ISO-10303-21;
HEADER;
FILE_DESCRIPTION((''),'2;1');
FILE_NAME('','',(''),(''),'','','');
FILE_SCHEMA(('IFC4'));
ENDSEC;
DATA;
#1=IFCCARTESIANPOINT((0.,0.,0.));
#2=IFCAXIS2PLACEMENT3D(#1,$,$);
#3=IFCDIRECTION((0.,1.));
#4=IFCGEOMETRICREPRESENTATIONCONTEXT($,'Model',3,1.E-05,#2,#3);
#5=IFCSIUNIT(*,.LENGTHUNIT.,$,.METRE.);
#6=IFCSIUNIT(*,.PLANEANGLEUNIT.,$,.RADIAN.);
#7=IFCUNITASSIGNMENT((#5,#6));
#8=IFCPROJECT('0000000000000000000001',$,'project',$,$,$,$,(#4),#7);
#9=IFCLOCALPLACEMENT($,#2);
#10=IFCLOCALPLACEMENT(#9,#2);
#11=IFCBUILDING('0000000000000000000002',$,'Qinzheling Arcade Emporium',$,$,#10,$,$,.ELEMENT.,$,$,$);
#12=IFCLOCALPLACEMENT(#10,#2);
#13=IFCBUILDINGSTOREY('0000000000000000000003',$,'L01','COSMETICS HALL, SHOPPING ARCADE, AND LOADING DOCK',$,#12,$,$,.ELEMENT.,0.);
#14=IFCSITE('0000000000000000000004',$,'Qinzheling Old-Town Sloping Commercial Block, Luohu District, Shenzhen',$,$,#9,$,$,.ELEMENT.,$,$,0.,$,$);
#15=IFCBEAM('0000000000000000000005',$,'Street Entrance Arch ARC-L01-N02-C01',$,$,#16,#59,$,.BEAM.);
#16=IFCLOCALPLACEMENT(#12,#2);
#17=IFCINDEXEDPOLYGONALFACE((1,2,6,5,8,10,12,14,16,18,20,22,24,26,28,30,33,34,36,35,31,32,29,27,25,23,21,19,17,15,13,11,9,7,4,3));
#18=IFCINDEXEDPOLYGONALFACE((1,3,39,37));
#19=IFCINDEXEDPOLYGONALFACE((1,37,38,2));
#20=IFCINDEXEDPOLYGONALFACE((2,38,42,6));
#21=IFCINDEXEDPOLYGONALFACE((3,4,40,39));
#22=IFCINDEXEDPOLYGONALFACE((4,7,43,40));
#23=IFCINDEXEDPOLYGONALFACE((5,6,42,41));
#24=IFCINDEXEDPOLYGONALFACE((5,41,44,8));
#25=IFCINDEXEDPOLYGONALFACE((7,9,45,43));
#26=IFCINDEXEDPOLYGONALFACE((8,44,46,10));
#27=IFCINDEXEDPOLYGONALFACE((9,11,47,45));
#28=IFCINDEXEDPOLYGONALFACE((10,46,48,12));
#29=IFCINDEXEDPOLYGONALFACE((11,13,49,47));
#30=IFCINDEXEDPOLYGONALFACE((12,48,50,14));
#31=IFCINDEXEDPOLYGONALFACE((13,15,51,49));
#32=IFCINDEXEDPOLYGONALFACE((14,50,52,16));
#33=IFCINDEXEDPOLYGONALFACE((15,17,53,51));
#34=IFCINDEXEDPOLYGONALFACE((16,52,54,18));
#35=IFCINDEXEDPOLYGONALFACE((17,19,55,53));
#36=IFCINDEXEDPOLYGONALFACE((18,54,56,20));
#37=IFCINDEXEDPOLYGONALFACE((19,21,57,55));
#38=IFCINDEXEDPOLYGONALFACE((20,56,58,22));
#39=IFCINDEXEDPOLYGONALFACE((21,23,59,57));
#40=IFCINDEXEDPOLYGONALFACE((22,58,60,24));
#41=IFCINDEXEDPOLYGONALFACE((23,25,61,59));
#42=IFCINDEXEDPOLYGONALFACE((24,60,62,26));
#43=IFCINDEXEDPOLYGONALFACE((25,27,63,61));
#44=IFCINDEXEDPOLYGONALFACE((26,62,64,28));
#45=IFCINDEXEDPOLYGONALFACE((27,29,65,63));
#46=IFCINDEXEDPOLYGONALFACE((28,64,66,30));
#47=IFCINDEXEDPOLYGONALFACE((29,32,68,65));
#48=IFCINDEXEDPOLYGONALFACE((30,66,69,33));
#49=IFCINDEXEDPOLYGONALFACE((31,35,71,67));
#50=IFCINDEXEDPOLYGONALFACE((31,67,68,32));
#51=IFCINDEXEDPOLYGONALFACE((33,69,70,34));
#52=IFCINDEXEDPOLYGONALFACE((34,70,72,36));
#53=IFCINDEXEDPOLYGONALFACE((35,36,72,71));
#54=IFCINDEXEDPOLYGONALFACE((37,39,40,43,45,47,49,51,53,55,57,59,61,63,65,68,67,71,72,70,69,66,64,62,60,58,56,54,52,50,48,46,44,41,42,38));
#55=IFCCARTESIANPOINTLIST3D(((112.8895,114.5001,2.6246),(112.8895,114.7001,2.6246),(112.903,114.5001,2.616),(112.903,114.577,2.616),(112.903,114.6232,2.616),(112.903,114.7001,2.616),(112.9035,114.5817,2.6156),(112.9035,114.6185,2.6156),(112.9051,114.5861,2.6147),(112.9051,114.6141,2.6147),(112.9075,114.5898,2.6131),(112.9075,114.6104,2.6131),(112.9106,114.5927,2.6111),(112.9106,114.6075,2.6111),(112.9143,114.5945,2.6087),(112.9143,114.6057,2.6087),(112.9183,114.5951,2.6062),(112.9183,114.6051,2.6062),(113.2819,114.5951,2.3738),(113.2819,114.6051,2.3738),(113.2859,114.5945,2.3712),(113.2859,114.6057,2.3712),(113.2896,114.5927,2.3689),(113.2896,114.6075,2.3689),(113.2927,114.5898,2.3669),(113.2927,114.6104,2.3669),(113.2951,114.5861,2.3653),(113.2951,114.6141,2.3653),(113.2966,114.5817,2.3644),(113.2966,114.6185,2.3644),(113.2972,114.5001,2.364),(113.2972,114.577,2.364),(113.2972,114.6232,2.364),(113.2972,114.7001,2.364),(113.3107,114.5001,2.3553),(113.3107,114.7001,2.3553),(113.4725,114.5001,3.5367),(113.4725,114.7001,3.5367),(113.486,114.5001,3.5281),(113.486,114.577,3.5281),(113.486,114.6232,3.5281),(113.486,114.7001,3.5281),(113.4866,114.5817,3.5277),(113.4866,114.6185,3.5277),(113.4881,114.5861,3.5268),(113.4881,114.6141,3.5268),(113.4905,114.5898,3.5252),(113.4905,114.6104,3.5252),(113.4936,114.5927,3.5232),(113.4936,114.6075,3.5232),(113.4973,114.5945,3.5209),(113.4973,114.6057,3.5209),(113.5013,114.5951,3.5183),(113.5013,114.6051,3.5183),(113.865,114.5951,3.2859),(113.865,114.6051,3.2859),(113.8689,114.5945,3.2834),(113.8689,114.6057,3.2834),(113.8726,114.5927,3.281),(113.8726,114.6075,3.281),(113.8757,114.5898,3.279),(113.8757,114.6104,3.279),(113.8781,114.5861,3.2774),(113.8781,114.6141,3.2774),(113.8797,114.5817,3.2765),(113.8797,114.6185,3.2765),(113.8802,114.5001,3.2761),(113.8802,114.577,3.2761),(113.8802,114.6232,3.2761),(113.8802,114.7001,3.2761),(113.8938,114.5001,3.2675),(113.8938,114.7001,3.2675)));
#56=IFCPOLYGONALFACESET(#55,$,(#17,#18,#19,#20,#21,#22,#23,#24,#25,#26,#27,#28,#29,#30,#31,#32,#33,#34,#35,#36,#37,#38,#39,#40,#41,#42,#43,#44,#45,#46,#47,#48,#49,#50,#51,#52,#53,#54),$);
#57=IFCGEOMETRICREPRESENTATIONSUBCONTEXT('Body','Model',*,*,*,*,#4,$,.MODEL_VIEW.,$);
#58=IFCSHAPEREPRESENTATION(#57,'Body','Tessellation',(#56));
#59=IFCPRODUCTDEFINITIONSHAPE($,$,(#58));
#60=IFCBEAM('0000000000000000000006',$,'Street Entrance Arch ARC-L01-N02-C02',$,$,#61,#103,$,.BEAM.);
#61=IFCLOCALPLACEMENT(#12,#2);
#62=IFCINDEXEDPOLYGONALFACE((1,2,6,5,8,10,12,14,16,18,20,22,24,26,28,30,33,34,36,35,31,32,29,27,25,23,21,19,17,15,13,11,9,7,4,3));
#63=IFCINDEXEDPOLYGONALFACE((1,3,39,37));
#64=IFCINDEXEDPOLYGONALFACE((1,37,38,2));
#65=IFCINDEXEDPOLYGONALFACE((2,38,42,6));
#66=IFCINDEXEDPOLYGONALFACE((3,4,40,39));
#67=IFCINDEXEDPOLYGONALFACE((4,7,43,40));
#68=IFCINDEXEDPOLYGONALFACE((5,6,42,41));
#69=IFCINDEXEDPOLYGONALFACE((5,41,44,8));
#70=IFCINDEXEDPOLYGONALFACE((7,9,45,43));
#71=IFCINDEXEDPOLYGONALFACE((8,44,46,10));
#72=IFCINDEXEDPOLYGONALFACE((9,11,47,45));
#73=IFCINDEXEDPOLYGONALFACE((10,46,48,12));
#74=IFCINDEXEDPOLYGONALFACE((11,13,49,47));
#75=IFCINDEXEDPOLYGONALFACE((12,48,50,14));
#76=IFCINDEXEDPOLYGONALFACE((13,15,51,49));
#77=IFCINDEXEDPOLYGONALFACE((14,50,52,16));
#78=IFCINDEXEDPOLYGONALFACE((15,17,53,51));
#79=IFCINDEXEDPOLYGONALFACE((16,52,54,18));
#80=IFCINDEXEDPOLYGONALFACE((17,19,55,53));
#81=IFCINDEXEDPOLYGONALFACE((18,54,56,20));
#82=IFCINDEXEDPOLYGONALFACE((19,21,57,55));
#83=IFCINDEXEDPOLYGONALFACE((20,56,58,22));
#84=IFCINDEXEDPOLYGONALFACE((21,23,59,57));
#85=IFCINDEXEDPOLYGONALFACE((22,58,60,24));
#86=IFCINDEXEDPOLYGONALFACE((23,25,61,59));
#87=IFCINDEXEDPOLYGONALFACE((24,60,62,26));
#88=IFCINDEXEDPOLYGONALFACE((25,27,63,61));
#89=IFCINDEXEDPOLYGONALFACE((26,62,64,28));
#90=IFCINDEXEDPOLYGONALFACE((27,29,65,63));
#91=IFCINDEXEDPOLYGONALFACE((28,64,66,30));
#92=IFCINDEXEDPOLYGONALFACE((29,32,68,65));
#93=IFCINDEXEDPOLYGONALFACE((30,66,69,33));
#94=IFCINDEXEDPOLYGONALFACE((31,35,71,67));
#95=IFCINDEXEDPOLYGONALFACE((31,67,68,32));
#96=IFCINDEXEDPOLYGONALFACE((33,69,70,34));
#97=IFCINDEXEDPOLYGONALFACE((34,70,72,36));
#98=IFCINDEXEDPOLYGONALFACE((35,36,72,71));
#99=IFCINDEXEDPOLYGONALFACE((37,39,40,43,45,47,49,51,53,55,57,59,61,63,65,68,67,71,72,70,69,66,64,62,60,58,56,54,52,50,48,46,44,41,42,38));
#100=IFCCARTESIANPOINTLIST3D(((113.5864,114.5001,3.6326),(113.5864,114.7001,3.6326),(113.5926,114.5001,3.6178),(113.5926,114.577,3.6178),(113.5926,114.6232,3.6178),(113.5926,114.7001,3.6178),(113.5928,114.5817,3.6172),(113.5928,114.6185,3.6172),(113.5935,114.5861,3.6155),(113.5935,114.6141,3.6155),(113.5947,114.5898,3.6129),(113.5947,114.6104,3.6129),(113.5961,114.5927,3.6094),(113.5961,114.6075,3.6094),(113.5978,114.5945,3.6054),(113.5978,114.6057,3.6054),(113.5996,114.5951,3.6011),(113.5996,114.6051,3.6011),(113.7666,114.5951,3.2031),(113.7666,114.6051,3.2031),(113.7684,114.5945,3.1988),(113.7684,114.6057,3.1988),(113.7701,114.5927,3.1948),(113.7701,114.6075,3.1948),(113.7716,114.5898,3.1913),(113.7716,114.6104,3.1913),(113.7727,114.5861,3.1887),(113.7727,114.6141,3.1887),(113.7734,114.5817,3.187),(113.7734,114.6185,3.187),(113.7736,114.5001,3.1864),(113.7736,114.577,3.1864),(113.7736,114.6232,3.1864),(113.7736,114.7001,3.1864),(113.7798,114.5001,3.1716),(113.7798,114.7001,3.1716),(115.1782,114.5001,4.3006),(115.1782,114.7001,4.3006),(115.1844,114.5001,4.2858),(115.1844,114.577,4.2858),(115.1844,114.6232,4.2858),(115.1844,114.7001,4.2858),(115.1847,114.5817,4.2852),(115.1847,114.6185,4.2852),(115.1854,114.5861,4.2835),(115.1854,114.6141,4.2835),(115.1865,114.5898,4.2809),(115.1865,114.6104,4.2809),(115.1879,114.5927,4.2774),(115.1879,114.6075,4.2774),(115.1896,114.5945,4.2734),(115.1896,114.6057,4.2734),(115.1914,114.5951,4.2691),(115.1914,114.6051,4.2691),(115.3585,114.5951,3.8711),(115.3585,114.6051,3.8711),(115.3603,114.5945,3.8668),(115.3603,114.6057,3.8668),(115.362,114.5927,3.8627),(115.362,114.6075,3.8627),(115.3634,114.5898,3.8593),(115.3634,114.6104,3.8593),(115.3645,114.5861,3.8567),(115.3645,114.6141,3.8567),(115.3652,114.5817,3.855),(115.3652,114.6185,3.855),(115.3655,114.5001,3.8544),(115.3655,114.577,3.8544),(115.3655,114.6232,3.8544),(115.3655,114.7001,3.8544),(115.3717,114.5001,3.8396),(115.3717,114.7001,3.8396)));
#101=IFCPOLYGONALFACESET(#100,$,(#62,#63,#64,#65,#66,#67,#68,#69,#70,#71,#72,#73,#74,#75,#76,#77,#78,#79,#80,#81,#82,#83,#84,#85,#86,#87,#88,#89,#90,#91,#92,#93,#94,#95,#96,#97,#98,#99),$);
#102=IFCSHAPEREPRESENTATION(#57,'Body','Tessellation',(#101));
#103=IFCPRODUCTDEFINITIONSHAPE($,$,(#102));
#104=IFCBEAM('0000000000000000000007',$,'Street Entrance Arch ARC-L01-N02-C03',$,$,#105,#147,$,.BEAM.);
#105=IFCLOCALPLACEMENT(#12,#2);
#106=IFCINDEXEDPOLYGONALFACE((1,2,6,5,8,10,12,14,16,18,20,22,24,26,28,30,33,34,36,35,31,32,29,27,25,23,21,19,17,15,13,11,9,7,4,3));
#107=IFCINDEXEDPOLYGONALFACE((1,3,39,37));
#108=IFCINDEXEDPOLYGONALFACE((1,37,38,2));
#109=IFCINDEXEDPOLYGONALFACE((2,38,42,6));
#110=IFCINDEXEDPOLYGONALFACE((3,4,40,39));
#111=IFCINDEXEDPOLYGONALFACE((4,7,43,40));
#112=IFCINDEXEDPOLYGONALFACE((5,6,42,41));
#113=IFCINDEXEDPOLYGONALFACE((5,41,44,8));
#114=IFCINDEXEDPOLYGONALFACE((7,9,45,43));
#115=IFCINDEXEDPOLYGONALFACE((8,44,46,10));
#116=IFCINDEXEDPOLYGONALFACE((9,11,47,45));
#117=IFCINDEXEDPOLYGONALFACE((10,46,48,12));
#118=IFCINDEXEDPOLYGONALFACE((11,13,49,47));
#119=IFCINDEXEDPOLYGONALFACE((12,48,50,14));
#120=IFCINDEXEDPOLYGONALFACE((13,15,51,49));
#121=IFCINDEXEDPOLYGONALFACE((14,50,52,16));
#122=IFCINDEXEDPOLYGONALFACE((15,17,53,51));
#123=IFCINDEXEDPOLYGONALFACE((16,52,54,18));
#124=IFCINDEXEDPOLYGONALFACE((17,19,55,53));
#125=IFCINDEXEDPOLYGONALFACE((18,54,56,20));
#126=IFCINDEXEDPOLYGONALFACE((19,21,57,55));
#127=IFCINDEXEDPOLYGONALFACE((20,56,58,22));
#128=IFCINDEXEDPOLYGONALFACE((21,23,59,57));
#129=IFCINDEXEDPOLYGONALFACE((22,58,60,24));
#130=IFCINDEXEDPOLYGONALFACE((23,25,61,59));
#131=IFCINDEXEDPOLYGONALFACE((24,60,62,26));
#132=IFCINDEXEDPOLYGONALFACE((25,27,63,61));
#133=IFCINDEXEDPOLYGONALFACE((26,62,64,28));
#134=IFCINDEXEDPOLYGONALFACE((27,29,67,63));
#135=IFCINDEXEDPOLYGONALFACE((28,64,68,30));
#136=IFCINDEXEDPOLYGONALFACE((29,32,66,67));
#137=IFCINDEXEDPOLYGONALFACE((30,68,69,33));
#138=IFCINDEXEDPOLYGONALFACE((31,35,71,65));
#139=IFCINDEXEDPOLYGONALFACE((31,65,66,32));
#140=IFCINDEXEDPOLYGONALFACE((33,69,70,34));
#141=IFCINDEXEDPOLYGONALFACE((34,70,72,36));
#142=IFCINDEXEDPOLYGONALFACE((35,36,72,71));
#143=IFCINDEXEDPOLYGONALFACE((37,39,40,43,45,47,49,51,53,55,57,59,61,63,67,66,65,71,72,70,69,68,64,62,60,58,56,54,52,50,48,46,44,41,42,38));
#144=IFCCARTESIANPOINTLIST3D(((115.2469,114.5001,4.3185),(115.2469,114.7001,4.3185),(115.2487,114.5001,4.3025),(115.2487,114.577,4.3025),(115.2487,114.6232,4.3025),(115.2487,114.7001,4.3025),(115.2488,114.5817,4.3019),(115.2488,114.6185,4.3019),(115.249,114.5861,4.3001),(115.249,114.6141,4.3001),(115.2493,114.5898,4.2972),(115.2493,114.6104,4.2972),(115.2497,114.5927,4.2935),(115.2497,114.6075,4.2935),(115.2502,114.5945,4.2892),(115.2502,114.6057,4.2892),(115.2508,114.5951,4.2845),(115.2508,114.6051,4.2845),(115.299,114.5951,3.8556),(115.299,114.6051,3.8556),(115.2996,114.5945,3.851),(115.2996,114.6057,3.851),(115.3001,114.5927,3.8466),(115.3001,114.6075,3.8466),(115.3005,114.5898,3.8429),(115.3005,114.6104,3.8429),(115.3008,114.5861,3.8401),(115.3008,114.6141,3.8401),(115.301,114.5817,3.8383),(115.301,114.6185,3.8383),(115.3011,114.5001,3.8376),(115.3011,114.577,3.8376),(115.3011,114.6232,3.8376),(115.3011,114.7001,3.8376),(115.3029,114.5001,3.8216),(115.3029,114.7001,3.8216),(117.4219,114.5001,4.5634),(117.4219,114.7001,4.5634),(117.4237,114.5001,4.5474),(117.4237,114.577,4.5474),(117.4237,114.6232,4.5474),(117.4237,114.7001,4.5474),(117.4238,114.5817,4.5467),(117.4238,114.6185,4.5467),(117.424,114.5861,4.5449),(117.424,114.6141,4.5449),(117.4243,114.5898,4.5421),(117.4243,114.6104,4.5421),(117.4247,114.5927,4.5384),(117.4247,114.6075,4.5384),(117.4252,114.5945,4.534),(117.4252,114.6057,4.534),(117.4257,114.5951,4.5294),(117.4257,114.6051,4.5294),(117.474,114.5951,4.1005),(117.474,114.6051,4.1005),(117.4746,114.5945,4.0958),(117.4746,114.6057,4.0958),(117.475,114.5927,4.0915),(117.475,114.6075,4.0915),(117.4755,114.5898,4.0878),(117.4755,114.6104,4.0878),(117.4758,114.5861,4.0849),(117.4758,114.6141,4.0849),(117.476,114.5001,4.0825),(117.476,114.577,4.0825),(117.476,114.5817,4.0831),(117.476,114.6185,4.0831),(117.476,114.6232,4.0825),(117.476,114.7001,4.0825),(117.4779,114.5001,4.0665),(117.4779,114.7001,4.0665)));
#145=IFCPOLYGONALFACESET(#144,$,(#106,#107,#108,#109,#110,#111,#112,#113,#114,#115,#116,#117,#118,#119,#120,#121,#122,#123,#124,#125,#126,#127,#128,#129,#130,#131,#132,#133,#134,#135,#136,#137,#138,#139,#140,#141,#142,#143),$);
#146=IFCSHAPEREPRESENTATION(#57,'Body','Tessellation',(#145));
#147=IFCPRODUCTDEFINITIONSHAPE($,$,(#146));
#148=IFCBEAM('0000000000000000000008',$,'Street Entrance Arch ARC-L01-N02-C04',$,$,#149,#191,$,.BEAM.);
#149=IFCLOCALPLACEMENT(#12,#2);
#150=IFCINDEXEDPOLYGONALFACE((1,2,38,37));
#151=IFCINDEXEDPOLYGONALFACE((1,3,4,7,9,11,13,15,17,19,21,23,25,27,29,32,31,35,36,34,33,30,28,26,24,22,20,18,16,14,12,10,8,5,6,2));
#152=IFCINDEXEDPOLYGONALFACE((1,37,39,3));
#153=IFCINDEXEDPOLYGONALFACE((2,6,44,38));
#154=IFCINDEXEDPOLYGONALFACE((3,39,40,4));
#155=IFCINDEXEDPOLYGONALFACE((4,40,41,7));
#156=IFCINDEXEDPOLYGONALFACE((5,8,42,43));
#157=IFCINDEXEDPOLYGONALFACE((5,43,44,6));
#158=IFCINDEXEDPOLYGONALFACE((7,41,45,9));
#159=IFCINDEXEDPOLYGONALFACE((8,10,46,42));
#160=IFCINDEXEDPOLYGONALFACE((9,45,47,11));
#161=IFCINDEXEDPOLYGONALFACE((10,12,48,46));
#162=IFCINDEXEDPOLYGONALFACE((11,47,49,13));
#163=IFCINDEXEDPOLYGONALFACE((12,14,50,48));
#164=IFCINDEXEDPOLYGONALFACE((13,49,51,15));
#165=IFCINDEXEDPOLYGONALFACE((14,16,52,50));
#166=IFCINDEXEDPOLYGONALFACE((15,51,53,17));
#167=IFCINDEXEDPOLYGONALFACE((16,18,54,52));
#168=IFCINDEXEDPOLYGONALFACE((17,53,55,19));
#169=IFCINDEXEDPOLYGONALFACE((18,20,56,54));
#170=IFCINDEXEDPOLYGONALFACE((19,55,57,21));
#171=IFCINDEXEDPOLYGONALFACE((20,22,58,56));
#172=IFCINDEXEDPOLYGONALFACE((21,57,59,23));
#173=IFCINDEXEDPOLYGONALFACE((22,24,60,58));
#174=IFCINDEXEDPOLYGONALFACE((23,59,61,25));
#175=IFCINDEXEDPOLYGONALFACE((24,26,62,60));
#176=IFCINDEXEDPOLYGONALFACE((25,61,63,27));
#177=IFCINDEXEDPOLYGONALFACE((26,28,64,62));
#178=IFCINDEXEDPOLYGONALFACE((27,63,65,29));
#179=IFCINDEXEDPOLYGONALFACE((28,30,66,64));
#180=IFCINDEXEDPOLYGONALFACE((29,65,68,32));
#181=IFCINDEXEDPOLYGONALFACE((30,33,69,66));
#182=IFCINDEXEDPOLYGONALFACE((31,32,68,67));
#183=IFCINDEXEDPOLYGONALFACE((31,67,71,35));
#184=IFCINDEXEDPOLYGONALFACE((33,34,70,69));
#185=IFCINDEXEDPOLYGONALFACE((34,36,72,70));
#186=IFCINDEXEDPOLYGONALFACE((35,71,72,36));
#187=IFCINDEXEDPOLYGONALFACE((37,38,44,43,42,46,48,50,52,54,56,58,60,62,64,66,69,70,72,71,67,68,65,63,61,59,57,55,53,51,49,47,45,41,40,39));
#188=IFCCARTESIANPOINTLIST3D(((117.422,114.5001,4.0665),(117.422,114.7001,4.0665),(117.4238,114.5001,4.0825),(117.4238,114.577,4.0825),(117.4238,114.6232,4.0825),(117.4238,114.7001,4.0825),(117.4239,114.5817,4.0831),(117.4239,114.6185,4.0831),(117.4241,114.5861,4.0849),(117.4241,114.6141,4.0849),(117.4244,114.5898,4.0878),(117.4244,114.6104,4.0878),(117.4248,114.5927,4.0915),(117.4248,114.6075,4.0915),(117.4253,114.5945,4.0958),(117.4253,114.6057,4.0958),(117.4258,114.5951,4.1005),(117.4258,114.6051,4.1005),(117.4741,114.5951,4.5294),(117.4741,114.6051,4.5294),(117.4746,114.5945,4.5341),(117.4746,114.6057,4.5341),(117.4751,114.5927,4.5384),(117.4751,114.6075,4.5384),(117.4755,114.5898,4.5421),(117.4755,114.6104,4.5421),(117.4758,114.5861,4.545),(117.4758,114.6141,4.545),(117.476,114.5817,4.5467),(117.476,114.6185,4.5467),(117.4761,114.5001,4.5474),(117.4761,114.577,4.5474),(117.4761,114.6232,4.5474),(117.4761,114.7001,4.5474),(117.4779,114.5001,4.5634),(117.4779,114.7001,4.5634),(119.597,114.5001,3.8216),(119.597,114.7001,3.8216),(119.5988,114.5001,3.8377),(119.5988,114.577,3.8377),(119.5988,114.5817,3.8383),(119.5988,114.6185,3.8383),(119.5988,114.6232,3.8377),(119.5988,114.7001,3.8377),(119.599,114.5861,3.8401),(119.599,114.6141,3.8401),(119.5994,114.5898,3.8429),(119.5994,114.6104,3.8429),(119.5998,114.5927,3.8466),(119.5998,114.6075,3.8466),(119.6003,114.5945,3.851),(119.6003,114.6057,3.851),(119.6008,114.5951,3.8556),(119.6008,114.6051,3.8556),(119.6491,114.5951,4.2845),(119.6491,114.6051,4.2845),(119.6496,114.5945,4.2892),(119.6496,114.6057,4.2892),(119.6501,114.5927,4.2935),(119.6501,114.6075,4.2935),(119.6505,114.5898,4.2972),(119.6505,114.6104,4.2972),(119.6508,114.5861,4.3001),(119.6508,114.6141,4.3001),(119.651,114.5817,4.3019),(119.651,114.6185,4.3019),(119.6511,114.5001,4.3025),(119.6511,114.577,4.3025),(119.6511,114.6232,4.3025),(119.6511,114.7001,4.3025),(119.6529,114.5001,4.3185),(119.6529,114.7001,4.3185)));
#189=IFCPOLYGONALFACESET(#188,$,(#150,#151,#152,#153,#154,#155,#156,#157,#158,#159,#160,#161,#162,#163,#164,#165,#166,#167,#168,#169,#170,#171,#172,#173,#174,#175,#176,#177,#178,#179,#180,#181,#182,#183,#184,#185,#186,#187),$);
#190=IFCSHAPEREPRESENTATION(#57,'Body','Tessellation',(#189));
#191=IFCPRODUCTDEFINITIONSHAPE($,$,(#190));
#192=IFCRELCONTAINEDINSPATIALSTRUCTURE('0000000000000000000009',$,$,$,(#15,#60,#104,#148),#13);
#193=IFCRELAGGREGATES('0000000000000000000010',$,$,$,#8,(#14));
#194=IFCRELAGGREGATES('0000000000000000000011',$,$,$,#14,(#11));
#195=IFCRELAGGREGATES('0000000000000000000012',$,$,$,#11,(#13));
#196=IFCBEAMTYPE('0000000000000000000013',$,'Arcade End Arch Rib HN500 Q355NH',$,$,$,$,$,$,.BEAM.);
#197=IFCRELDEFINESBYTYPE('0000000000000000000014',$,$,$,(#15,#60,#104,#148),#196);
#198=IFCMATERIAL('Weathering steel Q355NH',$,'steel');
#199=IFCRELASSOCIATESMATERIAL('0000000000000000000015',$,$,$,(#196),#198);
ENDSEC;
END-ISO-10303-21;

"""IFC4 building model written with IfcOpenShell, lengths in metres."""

from ifc_helpers import new_model, si_unit, direction, frame, origin, origin_2d, place, context, subcontext, project, spatial, i_section, extrude, material, material_profile, profile_set, type_object, element, save


model = new_model("IFC4")

# Units and contexts
model_context = context("Model", 3, precision=1e-05, world=origin(), true_north=direction((0.0, 1.0)))
body_context = subcontext(model_context, "Body", "Model", "MODEL_VIEW")
ifc_project = project(units=[si_unit("LENGTHUNIT", "METRE"), si_unit("PLANEANGLEUNIT", "RADIAN")], contexts=[model_context])

# Site, building, storey
site_placement = place(None, origin())
site = spatial("IfcSite", under=ifc_project, at=site_placement, Name="Qinzheling Old-Town Sloping Commercial Block, Luohu District, Shenzhen", CompositionType="ELEMENT", RefElevation=0.0)
building_placement = place(site_placement, origin())
building = spatial("IfcBuilding", under=site, at=building_placement, Name="Qinzheling Arcade Emporium", CompositionType="ELEMENT")
storey_placement = place(building_placement, origin())
storey = spatial("IfcBuildingStorey", under=building, at=storey_placement, Name="L01", Description="COSMETICS HALL, SHOPPING ARCADE, AND LOADING DOCK", CompositionType="ELEMENT", Elevation=0.0)

# Beams
ifc_material_1 = material(Name="Weathering steel Q355NH", Category="steel")
ifc_material_profile_1 = material_profile(ifc_material_1, i_section(OverallWidth=0.2, OverallDepth=0.5, WebThickness=0.01, FlangeThickness=0.0161, FilletRadius=0.0181, at=origin_2d()), Name="HN 500x200x10x16", Category="steel")
ifc_profile_set_1 = profile_set([ifc_material_profile_1], Name="Weathering steel Q355NH")
beam_type_1 = type_object("IfcBeamType", Name="Arcade End Arch Rib HN500 Q355NH", PredefinedType="BEAM", material=ifc_profile_set_1)
for number, where, z_axis, x_axis, name in (
    (1, (113.1001, 114.6001, 2.49), (0.538567, 0.0, 0.842583), (0.0, 1.0, 0.0), "Street Entrance Arch ARC-L01-N02-C01"),
):
    element("IfcBeam", number, at=place(storey_placement, frame(where, z_axis=z_axis, x_axis=x_axis)), inside=storey, type_object=beam_type_1, Name=name, PredefinedType="BEAM", context=body_context, shape_type="SweptSolid", body=[
        extrude(i_section(OverallWidth=0.2, OverallDepth=0.5, WebThickness=0.01, FlangeThickness=0.0161, FilletRadius=0.0181, at=origin_2d()), origin(), (0.0, 0.0, 1.0), 1.0825),
    ])
beam_1_placement = place(storey_placement, frame((113.6831, 114.6001, 3.4021), z_axis=(0.922103, 0.0, 0.386944), x_axis=(0.0, 1.0, 0.0)))
element("IfcBeam", 2, at=beam_1_placement, inside=storey, type_object=beam_type_1, Name="Street Entrance Arch ARC-L01-N02-C02", PredefinedType="BEAM", context=body_context, shape_type="SweptSolid", body=[
    extrude(i_section(OverallWidth=0.2, OverallDepth=0.5, WebThickness=0.01, FlangeThickness=0.0161, FilletRadius=0.0181, at=origin_2d()), origin(), (0.0, 0.0, 1.0), 1.7263),
])
for number, where, z_axis, x_axis, name in (
    (3, (115.2749, 114.6001, 4.0701), (0.993722, 0.0, 0.111876), (0.0, 1.0, 0.0), "Street Entrance Arch ARC-L01-N02-C03"),
    (4, (117.45, 114.6001, 4.3149), (0.993722, 0.0, -0.111876), (0.0, 1.0, 0.0), "Street Entrance Arch ARC-L01-N02-C04"),
):
    element("IfcBeam", number, at=place(storey_placement, frame(where, z_axis=z_axis, x_axis=x_axis)), inside=storey, type_object=beam_type_1, Name=name, PredefinedType="BEAM", context=body_context, shape_type="SweptSolid", body=[
        extrude(i_section(OverallWidth=0.2, OverallDepth=0.5, WebThickness=0.01, FlangeThickness=0.0161, FilletRadius=0.0181, at=origin_2d()), origin(), (0.0, 0.0, 1.0), 2.1887),
    ])

save(model, "model.ifc")
